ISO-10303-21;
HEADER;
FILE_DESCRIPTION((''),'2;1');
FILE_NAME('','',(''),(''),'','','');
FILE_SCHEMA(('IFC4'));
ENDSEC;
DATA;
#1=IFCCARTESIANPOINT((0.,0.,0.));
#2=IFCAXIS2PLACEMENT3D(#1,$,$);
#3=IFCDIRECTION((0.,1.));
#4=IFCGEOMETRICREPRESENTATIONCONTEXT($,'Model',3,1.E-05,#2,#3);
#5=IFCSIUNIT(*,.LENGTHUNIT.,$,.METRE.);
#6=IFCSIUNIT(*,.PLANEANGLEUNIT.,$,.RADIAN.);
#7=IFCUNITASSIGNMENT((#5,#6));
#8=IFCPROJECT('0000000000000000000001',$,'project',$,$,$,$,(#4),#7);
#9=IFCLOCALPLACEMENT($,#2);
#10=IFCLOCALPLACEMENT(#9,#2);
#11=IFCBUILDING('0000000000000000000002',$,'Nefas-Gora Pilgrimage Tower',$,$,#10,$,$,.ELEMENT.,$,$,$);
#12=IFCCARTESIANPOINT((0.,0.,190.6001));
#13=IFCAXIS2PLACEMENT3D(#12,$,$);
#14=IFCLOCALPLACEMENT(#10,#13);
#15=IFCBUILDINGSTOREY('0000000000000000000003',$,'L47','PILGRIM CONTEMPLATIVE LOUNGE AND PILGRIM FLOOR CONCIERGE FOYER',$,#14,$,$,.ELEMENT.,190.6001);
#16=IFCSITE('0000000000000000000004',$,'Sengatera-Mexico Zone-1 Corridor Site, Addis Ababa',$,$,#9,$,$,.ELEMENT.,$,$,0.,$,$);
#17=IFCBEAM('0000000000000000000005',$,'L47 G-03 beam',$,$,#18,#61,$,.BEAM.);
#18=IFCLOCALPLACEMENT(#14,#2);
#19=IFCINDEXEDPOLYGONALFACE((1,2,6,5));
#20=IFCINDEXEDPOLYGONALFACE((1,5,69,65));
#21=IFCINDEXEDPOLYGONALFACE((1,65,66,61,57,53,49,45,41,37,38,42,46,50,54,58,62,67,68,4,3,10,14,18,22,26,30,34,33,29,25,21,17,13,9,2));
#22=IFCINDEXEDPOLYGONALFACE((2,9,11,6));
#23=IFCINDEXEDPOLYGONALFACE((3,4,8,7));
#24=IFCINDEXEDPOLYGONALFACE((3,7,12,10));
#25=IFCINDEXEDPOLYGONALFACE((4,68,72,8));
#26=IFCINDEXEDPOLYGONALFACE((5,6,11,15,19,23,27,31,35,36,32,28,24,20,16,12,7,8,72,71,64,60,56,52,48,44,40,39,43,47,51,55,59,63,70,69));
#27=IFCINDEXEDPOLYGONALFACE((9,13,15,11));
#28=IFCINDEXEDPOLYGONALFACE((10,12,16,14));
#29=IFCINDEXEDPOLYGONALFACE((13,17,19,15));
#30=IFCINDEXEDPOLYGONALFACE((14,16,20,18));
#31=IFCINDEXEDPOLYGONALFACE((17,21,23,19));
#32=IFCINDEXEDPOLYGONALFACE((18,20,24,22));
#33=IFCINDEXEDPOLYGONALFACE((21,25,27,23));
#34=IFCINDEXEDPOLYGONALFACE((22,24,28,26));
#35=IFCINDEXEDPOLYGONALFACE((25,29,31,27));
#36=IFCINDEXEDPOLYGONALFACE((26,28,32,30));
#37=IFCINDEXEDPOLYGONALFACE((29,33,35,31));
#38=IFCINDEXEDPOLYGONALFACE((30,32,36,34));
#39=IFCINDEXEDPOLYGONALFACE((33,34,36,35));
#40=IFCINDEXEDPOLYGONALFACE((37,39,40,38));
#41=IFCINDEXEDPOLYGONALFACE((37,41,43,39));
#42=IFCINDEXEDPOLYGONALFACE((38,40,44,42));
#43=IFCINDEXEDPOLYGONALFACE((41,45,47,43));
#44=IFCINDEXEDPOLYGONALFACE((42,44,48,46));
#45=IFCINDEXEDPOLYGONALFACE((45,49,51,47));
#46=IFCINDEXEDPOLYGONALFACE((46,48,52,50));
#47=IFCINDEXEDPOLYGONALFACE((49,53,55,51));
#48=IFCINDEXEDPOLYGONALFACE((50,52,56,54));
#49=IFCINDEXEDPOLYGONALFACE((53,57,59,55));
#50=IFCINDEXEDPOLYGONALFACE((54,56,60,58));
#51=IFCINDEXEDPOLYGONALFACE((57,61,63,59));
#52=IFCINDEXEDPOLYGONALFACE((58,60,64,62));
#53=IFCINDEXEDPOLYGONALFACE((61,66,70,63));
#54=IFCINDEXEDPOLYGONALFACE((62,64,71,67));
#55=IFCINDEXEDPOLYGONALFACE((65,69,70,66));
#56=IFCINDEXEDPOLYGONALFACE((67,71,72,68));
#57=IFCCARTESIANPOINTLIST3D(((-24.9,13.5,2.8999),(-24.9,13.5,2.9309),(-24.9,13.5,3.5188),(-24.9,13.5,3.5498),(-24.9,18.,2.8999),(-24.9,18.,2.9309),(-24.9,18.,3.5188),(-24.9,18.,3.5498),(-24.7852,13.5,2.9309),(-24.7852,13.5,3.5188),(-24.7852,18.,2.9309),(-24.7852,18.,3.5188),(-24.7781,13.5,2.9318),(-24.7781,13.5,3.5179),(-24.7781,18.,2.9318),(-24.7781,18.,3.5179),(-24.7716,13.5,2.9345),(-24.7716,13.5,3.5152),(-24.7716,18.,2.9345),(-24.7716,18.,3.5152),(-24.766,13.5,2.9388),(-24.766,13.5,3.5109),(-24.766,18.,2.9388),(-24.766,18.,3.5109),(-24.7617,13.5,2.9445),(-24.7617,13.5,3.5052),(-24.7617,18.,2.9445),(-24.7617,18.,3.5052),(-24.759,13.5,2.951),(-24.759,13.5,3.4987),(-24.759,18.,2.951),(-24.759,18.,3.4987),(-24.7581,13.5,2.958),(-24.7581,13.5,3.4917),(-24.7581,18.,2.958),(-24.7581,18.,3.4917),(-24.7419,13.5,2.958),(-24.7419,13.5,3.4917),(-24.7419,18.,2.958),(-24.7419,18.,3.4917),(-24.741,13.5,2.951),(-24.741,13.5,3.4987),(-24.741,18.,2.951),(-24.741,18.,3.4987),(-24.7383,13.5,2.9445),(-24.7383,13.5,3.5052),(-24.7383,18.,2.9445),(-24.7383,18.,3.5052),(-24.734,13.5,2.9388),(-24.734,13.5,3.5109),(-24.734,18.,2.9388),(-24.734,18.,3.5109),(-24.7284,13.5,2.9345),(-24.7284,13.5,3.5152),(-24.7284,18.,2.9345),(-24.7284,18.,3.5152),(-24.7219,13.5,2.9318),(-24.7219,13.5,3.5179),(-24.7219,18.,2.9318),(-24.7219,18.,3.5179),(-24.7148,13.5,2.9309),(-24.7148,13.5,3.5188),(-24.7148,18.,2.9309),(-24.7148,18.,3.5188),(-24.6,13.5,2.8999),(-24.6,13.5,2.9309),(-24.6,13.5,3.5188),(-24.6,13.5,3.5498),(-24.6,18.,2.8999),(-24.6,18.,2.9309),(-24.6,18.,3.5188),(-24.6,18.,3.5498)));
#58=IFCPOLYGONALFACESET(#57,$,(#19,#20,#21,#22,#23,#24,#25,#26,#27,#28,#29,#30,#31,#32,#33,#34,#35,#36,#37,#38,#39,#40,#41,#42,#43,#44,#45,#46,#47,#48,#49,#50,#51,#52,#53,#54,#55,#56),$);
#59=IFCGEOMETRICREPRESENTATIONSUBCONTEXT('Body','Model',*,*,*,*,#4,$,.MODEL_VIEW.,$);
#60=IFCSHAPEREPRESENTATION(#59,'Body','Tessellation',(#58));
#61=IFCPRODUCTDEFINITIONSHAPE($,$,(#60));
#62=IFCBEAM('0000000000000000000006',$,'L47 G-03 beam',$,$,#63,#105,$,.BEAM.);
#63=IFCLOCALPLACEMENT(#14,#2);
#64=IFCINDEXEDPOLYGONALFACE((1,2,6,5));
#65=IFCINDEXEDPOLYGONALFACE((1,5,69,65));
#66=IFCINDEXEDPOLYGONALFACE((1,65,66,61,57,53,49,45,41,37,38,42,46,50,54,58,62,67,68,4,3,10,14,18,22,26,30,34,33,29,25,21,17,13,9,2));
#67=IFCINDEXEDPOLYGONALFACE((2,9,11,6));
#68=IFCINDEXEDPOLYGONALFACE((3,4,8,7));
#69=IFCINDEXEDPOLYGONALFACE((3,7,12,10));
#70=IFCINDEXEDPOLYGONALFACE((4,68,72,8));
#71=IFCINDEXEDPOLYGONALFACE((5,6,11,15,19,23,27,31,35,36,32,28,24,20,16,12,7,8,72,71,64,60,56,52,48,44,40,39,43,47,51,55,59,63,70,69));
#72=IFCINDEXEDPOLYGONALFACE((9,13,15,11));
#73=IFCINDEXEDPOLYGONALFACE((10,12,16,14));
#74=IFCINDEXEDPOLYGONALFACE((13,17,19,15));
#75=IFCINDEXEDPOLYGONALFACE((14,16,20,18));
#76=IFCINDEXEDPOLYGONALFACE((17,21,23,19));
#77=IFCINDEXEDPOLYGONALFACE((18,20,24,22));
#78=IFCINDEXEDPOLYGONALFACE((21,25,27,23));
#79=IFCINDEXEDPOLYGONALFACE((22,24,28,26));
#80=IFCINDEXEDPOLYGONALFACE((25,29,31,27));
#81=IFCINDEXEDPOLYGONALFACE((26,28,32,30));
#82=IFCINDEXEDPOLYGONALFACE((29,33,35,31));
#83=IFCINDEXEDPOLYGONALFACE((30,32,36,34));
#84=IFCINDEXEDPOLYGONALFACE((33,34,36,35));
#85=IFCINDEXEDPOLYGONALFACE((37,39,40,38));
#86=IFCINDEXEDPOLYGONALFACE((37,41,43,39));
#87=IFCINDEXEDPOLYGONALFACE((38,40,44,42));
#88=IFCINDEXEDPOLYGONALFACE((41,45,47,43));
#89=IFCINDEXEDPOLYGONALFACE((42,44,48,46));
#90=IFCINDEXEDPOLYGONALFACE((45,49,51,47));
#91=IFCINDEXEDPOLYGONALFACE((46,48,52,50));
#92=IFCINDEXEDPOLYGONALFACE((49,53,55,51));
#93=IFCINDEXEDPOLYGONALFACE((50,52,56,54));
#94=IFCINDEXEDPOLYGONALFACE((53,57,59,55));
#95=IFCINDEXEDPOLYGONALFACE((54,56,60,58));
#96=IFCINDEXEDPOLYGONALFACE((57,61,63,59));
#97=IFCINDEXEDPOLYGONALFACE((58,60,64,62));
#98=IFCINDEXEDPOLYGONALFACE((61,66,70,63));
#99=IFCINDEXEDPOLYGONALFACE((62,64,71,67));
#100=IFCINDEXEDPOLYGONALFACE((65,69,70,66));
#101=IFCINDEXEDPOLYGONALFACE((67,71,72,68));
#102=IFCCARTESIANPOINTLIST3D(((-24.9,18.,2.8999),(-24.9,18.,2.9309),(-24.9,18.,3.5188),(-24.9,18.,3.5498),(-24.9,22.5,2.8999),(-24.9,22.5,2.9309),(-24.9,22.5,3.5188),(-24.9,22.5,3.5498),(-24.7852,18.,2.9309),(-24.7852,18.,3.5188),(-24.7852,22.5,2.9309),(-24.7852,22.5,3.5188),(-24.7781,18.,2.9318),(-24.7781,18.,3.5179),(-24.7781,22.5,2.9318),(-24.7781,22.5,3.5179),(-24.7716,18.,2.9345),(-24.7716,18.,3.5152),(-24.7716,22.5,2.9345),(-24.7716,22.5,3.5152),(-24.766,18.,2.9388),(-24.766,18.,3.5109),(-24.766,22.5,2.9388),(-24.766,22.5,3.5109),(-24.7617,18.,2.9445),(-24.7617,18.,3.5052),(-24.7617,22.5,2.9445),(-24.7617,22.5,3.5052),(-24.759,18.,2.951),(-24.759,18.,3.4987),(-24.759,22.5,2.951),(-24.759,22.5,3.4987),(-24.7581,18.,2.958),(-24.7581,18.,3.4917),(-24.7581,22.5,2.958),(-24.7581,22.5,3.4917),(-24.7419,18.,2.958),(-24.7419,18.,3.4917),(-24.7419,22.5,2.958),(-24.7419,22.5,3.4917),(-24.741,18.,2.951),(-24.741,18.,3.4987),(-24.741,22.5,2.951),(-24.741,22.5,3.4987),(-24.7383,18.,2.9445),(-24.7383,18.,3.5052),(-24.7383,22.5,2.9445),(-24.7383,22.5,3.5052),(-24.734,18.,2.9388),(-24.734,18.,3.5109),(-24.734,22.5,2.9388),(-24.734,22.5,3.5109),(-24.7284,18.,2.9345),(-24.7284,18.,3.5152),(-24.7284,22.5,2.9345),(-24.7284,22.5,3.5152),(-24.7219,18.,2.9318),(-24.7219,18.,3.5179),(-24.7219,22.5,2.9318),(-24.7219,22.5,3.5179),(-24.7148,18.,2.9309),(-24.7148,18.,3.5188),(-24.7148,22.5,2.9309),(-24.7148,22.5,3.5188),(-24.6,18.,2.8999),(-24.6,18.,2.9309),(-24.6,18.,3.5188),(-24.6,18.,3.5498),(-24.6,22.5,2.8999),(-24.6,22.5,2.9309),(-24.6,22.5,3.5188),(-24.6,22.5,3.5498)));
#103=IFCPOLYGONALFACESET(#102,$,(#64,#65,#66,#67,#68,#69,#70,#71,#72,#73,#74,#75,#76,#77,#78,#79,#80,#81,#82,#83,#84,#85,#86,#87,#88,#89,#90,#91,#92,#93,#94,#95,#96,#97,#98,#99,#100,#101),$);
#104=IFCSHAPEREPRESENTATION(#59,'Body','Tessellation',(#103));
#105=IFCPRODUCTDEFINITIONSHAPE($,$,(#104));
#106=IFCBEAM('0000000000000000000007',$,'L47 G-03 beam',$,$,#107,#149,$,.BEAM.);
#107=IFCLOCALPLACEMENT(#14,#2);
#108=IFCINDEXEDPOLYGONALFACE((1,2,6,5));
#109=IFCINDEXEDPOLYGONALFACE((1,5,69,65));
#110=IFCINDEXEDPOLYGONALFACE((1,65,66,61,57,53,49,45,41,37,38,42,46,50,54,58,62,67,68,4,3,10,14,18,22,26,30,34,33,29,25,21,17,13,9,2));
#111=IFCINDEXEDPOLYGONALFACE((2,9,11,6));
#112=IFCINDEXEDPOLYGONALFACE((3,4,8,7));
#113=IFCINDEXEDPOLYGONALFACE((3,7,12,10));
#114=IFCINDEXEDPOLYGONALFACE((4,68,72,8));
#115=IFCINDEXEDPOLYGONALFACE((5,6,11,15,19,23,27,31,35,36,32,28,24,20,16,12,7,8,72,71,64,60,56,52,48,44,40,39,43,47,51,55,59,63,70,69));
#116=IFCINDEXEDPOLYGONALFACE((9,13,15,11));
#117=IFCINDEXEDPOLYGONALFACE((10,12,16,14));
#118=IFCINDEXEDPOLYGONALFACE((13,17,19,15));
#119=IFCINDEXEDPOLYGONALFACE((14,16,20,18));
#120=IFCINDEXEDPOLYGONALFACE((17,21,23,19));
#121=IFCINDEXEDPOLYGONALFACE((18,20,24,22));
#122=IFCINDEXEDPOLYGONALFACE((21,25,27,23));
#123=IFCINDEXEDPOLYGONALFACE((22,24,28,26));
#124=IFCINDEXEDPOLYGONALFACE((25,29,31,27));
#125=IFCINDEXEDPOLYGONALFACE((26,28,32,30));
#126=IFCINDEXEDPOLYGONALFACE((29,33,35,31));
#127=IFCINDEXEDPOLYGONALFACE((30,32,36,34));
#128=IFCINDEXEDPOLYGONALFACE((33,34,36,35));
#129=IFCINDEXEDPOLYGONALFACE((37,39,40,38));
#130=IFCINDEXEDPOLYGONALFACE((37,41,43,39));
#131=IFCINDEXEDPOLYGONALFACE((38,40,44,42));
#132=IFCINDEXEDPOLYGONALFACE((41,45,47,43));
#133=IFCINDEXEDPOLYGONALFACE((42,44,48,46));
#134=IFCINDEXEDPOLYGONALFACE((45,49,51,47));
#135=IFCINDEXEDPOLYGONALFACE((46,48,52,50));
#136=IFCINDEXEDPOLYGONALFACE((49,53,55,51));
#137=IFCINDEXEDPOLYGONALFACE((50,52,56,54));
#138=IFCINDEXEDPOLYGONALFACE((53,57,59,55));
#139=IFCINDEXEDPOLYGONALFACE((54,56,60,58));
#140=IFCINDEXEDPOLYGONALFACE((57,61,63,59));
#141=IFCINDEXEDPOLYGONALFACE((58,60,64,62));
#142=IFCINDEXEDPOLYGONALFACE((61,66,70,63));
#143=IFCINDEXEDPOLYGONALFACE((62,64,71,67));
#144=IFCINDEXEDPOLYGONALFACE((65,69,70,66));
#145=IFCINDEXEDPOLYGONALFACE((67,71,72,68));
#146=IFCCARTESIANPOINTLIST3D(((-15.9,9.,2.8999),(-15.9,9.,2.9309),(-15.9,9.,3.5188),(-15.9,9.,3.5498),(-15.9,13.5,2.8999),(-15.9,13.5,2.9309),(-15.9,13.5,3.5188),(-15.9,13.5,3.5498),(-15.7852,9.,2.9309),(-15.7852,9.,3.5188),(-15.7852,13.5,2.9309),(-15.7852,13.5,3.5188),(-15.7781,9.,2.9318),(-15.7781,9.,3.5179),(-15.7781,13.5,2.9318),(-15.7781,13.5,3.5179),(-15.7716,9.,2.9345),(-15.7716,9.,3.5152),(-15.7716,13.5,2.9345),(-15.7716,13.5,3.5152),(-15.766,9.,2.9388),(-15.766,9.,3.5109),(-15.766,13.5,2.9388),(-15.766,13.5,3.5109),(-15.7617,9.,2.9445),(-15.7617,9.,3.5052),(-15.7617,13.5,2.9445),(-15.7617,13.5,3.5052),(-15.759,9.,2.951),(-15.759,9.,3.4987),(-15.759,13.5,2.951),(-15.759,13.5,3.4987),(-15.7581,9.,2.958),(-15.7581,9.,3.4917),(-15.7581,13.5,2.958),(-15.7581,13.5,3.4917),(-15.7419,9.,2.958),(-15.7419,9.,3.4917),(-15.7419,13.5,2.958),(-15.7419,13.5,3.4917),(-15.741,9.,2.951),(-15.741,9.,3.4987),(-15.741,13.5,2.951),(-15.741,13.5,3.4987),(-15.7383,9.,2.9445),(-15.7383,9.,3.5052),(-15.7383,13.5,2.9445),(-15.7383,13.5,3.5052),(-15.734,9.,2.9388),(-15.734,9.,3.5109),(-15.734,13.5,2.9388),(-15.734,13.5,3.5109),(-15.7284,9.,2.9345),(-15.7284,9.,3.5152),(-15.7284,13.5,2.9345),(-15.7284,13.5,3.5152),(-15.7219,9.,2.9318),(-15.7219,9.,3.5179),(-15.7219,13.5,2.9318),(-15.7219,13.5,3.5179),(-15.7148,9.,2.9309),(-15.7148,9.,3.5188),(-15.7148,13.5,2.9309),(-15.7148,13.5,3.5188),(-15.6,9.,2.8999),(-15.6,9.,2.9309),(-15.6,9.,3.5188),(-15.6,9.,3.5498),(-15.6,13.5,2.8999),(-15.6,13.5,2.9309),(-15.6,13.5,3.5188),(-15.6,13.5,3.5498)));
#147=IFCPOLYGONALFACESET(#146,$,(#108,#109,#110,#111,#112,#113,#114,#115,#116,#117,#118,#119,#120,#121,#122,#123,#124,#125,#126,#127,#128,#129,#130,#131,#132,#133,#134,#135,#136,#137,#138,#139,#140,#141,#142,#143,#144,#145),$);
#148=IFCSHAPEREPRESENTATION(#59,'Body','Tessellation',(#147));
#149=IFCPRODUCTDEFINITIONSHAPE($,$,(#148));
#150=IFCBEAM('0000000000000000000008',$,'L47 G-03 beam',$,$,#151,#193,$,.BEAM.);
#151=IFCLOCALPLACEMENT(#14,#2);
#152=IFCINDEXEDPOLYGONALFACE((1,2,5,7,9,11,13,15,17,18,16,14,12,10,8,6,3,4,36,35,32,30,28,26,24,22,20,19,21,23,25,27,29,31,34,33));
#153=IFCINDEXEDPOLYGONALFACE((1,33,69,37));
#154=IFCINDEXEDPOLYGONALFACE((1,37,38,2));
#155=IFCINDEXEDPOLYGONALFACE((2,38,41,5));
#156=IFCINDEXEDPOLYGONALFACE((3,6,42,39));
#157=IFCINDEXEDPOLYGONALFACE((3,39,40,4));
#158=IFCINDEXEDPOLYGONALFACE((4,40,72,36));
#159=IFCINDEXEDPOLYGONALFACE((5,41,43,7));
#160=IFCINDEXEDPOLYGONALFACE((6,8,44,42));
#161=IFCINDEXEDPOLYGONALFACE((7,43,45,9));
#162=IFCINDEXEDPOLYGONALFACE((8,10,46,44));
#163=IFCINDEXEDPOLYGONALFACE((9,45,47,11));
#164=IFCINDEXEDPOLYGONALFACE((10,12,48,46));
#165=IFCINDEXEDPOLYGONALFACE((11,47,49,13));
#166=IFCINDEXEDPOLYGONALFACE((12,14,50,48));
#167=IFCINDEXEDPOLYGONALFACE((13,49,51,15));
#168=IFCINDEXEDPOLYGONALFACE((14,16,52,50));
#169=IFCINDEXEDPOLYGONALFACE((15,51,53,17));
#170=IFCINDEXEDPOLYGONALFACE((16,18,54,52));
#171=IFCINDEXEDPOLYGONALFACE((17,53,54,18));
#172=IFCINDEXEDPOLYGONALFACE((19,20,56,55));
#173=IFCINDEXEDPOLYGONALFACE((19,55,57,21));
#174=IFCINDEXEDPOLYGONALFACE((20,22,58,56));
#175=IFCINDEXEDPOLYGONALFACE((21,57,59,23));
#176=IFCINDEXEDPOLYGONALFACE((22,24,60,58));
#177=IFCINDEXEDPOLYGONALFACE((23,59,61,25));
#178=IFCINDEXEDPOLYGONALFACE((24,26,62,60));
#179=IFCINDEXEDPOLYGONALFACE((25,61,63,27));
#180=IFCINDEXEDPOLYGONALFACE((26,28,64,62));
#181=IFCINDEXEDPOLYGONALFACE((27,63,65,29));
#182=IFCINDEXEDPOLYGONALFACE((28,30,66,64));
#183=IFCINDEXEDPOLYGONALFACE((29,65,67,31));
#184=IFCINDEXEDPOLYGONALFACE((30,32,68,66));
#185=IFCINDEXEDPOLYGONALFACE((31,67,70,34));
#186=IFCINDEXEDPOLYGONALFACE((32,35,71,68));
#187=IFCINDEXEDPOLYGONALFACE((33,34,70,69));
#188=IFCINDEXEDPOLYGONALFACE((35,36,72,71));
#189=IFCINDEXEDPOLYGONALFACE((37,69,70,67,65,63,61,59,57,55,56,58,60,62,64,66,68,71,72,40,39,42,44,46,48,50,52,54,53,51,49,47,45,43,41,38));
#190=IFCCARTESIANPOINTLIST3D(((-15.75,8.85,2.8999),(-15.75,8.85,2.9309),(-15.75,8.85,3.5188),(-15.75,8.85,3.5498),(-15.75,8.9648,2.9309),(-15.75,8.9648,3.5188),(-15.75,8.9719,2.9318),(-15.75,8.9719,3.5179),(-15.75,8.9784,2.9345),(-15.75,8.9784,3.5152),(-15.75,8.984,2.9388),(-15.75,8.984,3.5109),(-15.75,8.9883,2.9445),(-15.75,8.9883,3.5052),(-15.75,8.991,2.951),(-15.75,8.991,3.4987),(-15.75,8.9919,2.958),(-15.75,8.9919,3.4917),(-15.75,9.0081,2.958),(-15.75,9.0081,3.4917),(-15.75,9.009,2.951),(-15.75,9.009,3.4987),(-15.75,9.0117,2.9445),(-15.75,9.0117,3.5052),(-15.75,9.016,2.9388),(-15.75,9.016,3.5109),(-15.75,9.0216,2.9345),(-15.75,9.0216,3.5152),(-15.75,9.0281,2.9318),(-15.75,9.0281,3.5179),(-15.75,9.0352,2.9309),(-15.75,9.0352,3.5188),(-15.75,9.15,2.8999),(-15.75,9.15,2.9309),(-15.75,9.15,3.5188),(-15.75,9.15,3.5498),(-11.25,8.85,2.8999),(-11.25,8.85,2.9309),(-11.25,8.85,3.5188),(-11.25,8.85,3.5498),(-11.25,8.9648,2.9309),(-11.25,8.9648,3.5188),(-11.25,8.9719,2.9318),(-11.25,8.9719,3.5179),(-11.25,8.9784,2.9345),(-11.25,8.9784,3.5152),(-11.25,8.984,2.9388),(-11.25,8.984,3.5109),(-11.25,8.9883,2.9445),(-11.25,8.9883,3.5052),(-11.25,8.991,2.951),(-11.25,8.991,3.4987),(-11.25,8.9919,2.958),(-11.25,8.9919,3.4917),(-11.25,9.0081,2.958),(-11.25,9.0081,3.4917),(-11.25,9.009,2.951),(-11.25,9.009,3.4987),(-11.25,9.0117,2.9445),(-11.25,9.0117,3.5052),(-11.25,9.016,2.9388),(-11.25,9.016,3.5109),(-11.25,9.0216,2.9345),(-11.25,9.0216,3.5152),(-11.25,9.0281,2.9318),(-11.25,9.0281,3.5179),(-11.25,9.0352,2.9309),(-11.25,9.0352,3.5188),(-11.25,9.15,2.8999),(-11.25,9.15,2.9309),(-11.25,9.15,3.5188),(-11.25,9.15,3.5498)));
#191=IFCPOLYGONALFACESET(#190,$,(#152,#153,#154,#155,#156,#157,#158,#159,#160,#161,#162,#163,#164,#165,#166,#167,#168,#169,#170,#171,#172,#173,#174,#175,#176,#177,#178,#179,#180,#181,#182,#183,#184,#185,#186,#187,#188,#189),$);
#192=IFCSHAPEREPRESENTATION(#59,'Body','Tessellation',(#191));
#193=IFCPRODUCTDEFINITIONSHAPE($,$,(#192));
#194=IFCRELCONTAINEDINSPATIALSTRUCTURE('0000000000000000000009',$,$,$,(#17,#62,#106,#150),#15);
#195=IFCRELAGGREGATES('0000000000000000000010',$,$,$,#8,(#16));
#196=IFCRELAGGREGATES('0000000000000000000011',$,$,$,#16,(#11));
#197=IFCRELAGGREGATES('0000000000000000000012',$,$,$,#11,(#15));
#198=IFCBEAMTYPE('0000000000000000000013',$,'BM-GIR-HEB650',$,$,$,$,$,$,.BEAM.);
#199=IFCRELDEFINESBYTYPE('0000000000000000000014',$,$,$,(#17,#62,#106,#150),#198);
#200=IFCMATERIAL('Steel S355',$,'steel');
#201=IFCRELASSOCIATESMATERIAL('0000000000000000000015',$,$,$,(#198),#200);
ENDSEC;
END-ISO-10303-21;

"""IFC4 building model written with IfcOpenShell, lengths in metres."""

from ifc_helpers import new_model, si_unit, direction, frame, origin, origin_2d, place, context, subcontext, project, spatial, i_section, extrude, source, transform, mapped, material, material_profile, profile_set, type_object, element, save


model = new_model("IFC4")

# Units and contexts
model_context = context("Model", 3, precision=1e-05, world=origin(), true_north=direction((0.0, 1.0)))
body_context = subcontext(model_context, "Body", "Model", "MODEL_VIEW")
ifc_project = project(units=[si_unit("LENGTHUNIT", "METRE"), si_unit("PLANEANGLEUNIT", "RADIAN")], contexts=[model_context])

# Site, building, storey
site_placement = place(None, origin())
site = spatial("IfcSite", under=ifc_project, at=site_placement, Name="Sengatera-Mexico Zone-1 Corridor Site, Addis Ababa", CompositionType="ELEMENT", RefElevation=0.0)
building_placement = place(site_placement, origin())
building = spatial("IfcBuilding", under=site, at=building_placement, Name="Nefas-Gora Pilgrimage Tower", CompositionType="ELEMENT")
storey_placement = place(building_placement, frame((0.0, 0.0, 190.6001)))
storey = spatial("IfcBuildingStorey", under=building, at=storey_placement, Name="L47", Description="PILGRIM CONTEMPLATIVE LOUNGE AND PILGRIM FLOOR CONCIERGE FOYER", CompositionType="ELEMENT", Elevation=190.6001)

# Beams
ifc_material_1 = material(Name="Steel S355", Category="steel")
ifc_material_profile_1 = material_profile(ifc_material_1, i_section(OverallWidth=0.3, OverallDepth=0.6499, WebThickness=0.0161, FlangeThickness=0.031, FilletRadius=0.0271, at=origin_2d()), Name="HEB 650")
ifc_profile_set_1 = profile_set([ifc_material_profile_1], Name="Steel S355")
beam_type_1 = type_object("IfcBeamType", Name="BM-GIR-HEB650", PredefinedType="BEAM", material=ifc_profile_set_1)
shared_shape_1 = source(origin(), body_context, "Body", "SweptSolid", [
    extrude(i_section(OverallWidth=0.3, OverallDepth=0.6499, WebThickness=0.0161, FlangeThickness=0.031, FilletRadius=0.0271, at=origin_2d()), origin(), (0.0, 0.0, 1.0), 4.5),
])
for number, where, z_axis, x_axis, name in (
    (1, (-24.75, 13.5, 3.2249), (0.0, 1.0, 0.0), (-1.0, 0.0, 0.0), "L47 G-03 beam"),
    (2, (-24.75, 18.0, 3.2249), (0.0, 1.0, 0.0), (-1.0, 0.0, 0.0), "L47 G-03 beam"),
    (3, (-15.75, 9.0, 3.2249), (0.0, 1.0, 0.0), (-1.0, 0.0, 0.0), "L47 G-03 beam"),
    (4, (-15.75, 9.0, 3.2249), (1.0, 0.0, 0.0), (0.0, 1.0, 0.0), "L47 G-03 beam"),
):
    element("IfcBeam", number, at=place(storey_placement, frame(where, z_axis=z_axis, x_axis=x_axis)), inside=storey, type_object=beam_type_1, Name=name, PredefinedType="BEAM", context=body_context, shape_type="MappedRepresentation", body=[
        mapped(shared_shape_1, transform((0.0, 0.0, 0.0), x_axis=(1.0, 0.0, 0.0), y_axis=(0.0, 1.0, 0.0), z_axis=(0.0, 0.0, 1.0), scale=1.0)),
    ])

save(model, "model.ifc")
